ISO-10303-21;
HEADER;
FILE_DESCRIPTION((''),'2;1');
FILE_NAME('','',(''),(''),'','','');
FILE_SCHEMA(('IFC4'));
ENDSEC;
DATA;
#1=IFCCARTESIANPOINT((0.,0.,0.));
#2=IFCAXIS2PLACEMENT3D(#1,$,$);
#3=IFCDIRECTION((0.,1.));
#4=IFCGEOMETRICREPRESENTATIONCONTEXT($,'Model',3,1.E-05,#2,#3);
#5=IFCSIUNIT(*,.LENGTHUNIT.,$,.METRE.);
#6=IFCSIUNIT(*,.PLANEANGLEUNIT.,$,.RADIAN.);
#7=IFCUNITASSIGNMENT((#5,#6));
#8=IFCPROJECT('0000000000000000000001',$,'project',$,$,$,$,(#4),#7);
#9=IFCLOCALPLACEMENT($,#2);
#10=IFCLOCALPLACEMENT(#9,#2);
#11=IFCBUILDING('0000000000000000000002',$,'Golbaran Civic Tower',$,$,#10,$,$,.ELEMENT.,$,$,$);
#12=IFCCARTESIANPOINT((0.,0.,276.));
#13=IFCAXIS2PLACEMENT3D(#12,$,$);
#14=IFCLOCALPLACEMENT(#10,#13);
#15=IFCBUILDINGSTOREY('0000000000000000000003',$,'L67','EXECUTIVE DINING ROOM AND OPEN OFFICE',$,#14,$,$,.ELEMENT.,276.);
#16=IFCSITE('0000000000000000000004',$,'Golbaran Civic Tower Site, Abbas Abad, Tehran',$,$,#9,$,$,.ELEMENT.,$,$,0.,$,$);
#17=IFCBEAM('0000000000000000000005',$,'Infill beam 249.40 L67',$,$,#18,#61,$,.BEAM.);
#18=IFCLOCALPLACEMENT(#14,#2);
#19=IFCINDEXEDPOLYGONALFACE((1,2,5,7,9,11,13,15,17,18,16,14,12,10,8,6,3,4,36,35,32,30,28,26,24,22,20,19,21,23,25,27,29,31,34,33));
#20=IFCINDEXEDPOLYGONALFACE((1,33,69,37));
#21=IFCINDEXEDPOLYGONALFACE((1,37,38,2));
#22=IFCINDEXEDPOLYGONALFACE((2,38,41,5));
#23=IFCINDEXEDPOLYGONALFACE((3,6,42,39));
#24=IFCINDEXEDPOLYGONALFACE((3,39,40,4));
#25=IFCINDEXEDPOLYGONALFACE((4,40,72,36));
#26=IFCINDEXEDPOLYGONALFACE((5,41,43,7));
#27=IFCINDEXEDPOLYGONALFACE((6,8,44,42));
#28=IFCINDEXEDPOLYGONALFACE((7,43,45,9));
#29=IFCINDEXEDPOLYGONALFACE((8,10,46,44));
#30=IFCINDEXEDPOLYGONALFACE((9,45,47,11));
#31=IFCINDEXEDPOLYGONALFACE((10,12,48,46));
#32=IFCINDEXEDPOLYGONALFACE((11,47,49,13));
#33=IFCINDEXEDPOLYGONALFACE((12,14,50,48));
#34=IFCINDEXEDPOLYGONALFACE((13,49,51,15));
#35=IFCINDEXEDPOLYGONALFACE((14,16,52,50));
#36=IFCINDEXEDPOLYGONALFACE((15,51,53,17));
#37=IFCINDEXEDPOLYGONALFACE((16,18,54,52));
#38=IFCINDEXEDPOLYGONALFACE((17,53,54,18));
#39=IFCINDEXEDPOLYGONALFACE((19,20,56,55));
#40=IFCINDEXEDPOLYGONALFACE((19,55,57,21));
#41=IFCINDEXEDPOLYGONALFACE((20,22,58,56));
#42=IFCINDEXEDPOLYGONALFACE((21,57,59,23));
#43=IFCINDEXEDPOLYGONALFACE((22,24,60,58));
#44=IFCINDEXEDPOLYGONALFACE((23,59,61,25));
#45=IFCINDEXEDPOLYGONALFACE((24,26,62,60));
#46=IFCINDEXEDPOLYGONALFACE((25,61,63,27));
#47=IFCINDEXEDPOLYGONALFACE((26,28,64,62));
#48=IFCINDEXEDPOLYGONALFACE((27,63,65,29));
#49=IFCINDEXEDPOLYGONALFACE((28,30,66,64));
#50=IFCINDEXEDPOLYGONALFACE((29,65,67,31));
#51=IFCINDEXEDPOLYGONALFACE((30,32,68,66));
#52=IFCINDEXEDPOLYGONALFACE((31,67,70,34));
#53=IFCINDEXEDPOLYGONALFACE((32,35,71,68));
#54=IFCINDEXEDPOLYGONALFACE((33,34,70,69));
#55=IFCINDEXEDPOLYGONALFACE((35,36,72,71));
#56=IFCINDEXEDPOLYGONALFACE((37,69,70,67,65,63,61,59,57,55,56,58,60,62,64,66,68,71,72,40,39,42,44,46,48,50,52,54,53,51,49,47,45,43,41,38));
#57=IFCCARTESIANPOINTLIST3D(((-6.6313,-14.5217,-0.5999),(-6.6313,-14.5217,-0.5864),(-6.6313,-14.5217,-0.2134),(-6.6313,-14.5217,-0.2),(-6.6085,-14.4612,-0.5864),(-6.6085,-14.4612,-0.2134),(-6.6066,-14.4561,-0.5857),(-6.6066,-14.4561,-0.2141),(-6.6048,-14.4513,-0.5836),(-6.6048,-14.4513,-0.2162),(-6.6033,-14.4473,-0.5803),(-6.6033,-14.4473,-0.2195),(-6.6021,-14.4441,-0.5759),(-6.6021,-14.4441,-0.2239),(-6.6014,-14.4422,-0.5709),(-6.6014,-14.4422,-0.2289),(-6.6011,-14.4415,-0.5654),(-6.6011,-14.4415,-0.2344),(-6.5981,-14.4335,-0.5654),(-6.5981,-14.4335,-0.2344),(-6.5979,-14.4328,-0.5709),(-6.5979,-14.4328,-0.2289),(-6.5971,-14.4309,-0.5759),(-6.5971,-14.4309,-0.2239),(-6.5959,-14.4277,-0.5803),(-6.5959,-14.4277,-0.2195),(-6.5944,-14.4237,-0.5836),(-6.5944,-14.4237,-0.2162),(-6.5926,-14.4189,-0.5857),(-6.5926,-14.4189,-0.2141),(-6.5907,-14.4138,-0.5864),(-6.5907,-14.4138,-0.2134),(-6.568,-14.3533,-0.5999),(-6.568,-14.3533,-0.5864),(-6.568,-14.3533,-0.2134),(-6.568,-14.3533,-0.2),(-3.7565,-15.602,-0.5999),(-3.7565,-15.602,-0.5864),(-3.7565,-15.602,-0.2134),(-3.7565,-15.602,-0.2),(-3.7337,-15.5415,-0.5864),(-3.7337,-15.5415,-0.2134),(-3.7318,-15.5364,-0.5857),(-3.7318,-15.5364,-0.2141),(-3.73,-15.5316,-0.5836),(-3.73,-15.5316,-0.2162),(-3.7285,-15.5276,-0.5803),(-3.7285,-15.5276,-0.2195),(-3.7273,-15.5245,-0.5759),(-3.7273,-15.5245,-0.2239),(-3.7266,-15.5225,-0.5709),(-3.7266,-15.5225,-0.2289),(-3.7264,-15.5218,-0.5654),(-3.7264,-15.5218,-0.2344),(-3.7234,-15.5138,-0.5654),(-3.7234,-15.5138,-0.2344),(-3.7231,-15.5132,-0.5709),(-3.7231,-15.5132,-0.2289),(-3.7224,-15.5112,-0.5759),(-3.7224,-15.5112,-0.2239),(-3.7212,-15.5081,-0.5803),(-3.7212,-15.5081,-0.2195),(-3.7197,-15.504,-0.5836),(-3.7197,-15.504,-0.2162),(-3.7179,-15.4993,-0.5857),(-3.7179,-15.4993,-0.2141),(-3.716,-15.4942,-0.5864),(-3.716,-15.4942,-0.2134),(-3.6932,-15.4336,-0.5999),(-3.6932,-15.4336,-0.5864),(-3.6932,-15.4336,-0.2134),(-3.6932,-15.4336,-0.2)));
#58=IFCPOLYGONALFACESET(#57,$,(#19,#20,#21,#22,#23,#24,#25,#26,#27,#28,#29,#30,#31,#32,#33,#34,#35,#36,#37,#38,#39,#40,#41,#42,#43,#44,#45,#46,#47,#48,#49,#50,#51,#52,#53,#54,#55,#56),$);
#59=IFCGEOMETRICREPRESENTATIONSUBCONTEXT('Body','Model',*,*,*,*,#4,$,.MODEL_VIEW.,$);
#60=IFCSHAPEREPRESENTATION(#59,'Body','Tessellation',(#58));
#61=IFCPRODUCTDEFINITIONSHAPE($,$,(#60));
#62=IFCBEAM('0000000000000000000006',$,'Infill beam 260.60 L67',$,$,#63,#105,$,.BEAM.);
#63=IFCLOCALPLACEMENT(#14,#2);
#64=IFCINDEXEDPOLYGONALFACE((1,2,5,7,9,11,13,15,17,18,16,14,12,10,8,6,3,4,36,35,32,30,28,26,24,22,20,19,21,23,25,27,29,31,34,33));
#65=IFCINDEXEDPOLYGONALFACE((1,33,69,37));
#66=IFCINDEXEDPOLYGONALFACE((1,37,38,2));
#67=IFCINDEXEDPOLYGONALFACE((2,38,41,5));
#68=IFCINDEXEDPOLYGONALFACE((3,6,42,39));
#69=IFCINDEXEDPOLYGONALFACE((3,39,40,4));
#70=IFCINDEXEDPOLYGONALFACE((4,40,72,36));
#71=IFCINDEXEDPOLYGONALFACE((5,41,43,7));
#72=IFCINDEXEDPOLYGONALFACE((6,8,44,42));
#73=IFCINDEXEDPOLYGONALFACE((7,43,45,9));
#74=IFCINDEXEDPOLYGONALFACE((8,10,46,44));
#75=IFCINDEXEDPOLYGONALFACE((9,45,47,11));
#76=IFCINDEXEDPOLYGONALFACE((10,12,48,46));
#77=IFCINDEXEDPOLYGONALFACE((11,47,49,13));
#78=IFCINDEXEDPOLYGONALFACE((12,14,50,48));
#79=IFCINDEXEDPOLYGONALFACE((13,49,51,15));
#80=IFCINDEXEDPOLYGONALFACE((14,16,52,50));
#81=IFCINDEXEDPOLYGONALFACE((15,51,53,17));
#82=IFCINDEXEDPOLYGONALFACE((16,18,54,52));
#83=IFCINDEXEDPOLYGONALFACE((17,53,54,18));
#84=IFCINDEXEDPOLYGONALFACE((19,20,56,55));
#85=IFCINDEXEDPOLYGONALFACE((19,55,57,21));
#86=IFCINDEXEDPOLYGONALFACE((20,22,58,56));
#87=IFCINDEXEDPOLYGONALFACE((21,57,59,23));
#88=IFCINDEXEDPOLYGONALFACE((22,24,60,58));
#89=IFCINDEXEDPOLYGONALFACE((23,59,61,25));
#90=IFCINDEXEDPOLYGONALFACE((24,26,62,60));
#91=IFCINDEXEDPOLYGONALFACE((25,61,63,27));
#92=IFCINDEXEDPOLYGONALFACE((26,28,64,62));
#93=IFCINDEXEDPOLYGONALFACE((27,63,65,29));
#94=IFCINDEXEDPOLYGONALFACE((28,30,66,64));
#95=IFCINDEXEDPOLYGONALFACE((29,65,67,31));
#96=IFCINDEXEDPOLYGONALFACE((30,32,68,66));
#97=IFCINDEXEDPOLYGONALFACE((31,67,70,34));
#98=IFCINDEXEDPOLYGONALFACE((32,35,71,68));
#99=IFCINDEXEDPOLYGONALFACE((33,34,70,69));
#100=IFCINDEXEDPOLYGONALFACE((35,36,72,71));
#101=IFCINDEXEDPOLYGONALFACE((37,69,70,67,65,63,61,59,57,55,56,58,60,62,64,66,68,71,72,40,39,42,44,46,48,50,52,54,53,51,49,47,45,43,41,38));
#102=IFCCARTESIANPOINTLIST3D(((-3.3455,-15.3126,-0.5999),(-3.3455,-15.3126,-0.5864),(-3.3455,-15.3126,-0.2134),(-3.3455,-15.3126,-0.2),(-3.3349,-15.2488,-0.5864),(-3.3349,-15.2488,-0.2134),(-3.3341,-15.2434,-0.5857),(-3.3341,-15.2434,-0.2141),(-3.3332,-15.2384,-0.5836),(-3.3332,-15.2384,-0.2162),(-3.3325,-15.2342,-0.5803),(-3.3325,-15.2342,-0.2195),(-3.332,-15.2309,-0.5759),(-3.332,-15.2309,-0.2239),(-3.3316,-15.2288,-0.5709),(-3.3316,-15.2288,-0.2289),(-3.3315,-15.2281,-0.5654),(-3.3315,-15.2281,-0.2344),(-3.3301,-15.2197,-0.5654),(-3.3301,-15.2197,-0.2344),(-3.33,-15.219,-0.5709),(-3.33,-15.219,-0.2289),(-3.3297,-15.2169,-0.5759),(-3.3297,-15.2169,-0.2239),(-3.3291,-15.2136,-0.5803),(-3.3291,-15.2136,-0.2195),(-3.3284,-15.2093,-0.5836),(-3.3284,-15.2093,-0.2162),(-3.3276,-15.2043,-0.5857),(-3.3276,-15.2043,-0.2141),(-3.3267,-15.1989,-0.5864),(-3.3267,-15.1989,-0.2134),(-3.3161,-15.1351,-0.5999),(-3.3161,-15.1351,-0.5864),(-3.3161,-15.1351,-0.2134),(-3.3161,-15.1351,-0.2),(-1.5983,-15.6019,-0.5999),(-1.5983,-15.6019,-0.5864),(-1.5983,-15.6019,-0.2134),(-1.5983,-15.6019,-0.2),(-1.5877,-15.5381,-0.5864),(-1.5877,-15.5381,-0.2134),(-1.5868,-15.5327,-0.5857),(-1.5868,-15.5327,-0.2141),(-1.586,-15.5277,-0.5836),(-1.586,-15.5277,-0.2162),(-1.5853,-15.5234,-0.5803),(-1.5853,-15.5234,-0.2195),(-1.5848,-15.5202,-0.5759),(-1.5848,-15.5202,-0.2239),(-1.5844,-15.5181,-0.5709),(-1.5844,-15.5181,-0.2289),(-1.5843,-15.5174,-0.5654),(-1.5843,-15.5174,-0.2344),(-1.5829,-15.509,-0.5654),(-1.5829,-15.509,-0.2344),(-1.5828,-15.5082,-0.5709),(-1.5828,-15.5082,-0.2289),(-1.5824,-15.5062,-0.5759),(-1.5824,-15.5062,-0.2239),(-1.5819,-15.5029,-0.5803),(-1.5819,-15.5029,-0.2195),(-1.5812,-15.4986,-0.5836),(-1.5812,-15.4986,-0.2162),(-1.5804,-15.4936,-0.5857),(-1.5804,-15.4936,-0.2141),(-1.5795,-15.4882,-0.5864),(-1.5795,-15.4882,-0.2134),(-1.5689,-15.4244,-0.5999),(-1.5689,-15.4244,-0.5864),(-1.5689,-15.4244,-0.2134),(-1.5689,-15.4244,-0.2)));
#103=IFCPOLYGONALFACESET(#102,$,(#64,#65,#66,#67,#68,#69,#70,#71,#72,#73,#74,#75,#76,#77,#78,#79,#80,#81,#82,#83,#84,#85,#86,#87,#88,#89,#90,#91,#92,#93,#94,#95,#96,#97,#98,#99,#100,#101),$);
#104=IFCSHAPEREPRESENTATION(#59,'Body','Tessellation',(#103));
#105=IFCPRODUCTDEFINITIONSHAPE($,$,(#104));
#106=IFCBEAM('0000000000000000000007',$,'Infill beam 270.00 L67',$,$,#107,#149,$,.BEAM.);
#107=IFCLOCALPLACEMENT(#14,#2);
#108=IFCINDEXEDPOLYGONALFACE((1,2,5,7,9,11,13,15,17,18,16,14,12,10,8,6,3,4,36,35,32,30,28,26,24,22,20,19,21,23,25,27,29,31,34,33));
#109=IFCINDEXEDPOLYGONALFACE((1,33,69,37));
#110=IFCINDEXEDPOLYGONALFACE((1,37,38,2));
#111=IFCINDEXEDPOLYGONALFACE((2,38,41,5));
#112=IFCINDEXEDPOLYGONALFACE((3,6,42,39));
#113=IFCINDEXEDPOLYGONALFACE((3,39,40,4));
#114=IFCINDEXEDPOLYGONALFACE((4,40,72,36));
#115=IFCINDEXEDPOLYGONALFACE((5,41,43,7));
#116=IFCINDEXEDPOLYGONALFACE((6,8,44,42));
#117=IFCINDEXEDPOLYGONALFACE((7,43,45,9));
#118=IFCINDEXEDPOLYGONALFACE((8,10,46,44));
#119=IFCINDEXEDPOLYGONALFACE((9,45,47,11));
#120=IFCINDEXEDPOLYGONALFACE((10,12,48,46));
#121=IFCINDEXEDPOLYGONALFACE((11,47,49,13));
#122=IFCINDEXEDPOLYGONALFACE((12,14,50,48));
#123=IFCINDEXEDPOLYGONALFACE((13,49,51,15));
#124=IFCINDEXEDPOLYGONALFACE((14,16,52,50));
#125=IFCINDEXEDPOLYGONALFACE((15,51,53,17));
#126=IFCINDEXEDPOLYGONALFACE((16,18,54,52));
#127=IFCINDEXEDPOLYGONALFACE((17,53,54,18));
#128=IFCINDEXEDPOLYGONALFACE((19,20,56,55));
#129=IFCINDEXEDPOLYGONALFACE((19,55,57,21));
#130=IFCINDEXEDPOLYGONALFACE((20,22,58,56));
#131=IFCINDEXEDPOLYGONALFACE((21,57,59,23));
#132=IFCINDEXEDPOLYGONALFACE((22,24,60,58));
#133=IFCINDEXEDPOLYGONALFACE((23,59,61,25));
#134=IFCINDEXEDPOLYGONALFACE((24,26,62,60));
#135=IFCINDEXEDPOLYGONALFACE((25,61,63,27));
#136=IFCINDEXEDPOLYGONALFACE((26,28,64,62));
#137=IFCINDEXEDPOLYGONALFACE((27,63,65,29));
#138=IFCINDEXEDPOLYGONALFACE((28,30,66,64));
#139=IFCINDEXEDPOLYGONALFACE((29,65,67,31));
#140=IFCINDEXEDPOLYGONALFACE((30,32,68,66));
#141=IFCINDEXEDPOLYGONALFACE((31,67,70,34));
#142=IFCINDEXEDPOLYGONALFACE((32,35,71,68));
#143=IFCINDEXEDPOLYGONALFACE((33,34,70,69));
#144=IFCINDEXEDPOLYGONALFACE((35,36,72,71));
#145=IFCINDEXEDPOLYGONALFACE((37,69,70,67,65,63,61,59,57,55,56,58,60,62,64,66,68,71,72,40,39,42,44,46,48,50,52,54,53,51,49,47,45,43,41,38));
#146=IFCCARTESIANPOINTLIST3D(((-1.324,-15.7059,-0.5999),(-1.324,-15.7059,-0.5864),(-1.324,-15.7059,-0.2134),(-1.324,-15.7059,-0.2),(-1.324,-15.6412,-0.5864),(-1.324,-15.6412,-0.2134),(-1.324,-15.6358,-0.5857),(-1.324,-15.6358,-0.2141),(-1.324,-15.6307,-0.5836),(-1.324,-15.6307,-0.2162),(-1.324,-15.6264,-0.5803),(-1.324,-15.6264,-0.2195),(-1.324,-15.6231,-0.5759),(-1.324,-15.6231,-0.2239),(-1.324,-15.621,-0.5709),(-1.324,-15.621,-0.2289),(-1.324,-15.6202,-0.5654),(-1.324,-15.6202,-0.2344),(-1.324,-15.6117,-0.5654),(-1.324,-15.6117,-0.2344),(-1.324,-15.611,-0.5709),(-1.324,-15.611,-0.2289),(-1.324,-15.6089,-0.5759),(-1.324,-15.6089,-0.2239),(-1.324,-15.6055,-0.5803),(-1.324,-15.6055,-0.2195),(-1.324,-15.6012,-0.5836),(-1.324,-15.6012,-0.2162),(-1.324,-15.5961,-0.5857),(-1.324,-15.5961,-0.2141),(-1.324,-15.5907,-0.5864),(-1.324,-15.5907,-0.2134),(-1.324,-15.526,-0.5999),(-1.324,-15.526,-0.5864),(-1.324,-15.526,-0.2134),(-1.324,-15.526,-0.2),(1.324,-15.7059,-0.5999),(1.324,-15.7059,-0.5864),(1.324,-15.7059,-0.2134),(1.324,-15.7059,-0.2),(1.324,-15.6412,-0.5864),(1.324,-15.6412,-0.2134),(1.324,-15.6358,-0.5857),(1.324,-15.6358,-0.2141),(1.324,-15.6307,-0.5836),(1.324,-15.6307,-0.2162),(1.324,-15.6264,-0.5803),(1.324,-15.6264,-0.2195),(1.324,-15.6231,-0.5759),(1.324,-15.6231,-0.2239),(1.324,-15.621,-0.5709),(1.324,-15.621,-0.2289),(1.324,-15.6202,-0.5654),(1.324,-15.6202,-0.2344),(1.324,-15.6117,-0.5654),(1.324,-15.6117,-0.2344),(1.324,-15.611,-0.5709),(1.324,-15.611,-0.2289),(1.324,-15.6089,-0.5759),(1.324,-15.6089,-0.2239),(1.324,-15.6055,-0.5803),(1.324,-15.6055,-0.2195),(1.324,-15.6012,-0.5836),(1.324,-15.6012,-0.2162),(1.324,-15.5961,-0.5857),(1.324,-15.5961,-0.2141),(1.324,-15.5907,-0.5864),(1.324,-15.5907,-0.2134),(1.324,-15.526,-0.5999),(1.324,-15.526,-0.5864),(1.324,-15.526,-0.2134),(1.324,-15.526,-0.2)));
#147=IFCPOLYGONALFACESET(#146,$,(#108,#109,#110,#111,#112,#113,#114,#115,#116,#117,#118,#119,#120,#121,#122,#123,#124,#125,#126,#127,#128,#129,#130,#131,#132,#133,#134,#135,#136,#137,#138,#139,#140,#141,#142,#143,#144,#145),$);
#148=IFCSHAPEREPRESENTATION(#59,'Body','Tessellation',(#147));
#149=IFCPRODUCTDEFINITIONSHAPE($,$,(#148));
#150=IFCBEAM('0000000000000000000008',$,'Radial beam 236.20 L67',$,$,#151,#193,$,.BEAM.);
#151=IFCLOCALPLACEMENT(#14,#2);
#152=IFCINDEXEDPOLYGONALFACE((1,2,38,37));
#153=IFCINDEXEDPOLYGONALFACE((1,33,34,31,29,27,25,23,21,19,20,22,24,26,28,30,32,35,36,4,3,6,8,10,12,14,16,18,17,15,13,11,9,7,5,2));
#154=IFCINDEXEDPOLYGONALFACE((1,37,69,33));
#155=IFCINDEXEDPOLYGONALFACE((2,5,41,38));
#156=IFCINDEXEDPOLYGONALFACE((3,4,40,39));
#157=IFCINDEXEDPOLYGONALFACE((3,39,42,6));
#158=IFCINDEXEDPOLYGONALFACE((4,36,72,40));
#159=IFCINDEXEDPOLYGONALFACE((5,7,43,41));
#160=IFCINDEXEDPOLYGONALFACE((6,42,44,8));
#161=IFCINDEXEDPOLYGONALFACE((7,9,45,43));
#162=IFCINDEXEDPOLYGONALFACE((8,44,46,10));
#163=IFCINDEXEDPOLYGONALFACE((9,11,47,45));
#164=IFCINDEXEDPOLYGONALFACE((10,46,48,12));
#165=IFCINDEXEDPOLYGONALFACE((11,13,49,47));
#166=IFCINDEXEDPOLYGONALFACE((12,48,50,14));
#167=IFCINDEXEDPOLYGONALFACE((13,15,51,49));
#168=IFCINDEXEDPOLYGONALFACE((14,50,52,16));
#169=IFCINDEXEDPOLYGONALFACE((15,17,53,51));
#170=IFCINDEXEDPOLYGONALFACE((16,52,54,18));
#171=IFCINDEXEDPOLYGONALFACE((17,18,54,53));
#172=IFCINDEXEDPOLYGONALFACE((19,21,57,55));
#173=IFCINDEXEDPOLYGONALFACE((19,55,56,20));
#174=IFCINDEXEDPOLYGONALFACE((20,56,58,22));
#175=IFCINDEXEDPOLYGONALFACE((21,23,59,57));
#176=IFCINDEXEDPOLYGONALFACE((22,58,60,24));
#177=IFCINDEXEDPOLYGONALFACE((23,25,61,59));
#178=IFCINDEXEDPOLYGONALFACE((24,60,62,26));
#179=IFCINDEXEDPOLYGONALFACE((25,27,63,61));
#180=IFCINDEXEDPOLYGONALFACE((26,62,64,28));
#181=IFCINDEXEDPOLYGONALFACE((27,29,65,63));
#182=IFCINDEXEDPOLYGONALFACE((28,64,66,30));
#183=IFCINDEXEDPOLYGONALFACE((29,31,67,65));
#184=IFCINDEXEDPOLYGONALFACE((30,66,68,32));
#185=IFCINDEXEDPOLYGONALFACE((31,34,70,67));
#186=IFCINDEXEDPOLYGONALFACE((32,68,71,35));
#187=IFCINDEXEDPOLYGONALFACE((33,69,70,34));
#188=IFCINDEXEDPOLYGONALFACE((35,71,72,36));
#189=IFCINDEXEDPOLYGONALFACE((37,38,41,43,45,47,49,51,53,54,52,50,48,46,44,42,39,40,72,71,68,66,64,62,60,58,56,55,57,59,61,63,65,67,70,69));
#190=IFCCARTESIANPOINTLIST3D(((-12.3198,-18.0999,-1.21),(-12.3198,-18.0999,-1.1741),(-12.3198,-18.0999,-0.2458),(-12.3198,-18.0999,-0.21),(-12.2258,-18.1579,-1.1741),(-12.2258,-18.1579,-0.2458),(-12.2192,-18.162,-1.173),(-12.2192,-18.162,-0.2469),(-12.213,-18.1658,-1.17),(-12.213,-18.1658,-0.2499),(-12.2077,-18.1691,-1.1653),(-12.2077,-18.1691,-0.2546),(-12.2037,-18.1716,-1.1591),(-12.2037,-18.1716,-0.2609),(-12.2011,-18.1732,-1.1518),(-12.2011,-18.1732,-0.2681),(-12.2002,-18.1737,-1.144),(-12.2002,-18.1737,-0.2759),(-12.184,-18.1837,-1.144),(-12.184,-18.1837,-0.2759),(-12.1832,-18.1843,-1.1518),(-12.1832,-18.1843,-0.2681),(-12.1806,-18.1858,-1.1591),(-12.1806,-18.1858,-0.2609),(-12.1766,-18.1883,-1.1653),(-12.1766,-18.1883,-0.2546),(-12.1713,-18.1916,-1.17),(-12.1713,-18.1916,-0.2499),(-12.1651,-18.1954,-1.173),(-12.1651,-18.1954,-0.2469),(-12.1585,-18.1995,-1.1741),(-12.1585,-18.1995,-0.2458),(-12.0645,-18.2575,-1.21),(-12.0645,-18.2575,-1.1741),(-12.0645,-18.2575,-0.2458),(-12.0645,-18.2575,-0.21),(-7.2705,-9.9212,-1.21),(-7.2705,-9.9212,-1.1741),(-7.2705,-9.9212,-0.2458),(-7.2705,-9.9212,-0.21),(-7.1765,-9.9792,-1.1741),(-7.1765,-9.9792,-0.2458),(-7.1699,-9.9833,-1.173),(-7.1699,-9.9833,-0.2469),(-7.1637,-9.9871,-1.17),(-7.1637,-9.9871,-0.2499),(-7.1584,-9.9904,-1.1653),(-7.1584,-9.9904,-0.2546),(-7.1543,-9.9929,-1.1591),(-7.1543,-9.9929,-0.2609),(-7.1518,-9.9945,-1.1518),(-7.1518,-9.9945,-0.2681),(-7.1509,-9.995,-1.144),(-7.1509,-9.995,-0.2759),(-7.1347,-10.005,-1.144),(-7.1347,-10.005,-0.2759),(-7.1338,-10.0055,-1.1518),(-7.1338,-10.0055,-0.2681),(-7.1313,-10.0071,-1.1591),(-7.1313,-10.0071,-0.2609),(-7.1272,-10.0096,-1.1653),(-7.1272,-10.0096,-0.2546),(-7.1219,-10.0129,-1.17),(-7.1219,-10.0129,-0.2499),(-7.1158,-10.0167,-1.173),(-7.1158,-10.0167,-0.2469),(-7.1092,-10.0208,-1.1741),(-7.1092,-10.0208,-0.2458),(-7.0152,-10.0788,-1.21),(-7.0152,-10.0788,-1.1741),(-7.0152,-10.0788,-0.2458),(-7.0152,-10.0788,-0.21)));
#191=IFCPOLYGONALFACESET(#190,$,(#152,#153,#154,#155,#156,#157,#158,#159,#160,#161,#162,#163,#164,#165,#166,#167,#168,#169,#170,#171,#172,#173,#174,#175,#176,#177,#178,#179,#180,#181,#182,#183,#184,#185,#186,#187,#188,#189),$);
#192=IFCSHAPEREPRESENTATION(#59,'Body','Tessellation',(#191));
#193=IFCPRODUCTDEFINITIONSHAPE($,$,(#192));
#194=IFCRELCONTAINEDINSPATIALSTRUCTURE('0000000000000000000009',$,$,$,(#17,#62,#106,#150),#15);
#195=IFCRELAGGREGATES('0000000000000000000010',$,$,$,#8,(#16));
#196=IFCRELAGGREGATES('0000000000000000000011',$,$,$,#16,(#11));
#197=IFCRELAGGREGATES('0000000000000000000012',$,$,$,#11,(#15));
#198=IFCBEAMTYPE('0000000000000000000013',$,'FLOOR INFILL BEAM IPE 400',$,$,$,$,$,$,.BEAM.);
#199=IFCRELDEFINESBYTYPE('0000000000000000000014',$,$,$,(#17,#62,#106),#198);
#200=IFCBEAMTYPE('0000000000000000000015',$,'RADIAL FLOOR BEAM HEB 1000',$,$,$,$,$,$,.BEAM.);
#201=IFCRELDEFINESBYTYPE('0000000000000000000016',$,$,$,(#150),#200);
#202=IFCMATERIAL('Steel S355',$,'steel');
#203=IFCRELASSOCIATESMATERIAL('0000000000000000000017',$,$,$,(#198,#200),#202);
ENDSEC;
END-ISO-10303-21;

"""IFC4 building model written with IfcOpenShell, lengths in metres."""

from ifc_helpers import new_model, si_unit, direction, frame, origin, origin_2d, place, context, subcontext, project, spatial, i_section, extrude, material, material_profile, profile_set, type_object, element, save


model = new_model("IFC4")

# Units and contexts
model_context = context("Model", 3, precision=1e-05, world=origin(), true_north=direction((0.0, 1.0)))
body_context = subcontext(model_context, "Body", "Model", "MODEL_VIEW")
ifc_project = project(units=[si_unit("LENGTHUNIT", "METRE"), si_unit("PLANEANGLEUNIT", "RADIAN")], contexts=[model_context])

# Site, building, storey
site_placement = place(None, origin())
site = spatial("IfcSite", under=ifc_project, at=site_placement, Name="Golbaran Civic Tower Site, Abbas Abad, Tehran", CompositionType="ELEMENT", RefElevation=0.0)
building_placement = place(site_placement, origin())
building = spatial("IfcBuilding", under=site, at=building_placement, Name="Golbaran Civic Tower", CompositionType="ELEMENT")
storey_placement = place(building_placement, frame((0.0, 0.0, 276.0)))
storey = spatial("IfcBuildingStorey", under=building, at=storey_placement, Name="L67", Description="EXECUTIVE DINING ROOM AND OPEN OFFICE", CompositionType="ELEMENT", Elevation=276.0)

# Beams
ifc_material_1 = material(Name="Steel S355", Category="steel")
ifc_material_profile_1 = material_profile(ifc_material_1, i_section(OverallWidth=0.1799, OverallDepth=0.3999, WebThickness=0.0085, FlangeThickness=0.0134, FilletRadius=0.021, at=origin_2d()), Name="IPE 400")
ifc_profile_set_1 = profile_set([ifc_material_profile_1], Name="Steel S355")
beam_type_1 = type_object("IfcBeamType", Name="FLOOR INFILL BEAM IPE 400", PredefinedType="BEAM", material=ifc_profile_set_1)
beam_1_placement = place(storey_placement, frame((-6.5996, -14.4375, -0.3999), z_axis=(0.936084, -0.351777, 0.0), x_axis=(0.351777, 0.936084, 0.0)))
element("IfcBeam", 1, at=beam_1_placement, inside=storey, type_object=beam_type_1, Name="Infill beam 249.40 L67", PredefinedType="BEAM", context=body_context, shape_type="SweptSolid", body=[
    extrude(i_section(OverallWidth=0.1799, OverallDepth=0.3999, WebThickness=0.0085, FlangeThickness=0.0134, FilletRadius=0.021, at=origin_2d()), origin(), (0.0, 0.0, 1.0), 3.071),
])
beam_2_placement = place(storey_placement, frame((-3.3308, -15.2239, -0.3999), z_axis=(0.986568, -0.163348, 0.0), x_axis=(0.163348, 0.986568, 0.0)))
element("IfcBeam", 2, at=beam_2_placement, inside=storey, type_object=beam_type_1, Name="Infill beam 260.60 L67", PredefinedType="BEAM", context=body_context, shape_type="SweptSolid", body=[
    extrude(i_section(OverallWidth=0.1799, OverallDepth=0.3999, WebThickness=0.0085, FlangeThickness=0.0134, FilletRadius=0.021, at=origin_2d()), origin(), (0.0, 0.0, 1.0), 1.771),
])
beam_3_placement = place(storey_placement, frame((-1.324, -15.616, -0.3999), z_axis=(1.0, 0.0, 0.0), x_axis=(0.0, 1.0, 0.0)))
element("IfcBeam", 3, at=beam_3_placement, inside=storey, type_object=beam_type_1, Name="Infill beam 270.00 L67", PredefinedType="BEAM", context=body_context, shape_type="SweptSolid", body=[
    extrude(i_section(OverallWidth=0.1799, OverallDepth=0.3999, WebThickness=0.0085, FlangeThickness=0.0134, FilletRadius=0.021, at=origin_2d()), origin(), (0.0, 0.0, 1.0), 2.6479),
])
ifc_material_profile_2 = material_profile(ifc_material_1, i_section(OverallWidth=0.3, OverallDepth=1.0, WebThickness=0.019, FlangeThickness=0.0359, FilletRadius=0.03, at=origin_2d()), Name="HEB 1000")
ifc_profile_set_2 = profile_set([ifc_material_profile_2], Name="Steel S355")
beam_type_2 = type_object("IfcBeamType", Name="RADIAL FLOOR BEAM HEB 1000", PredefinedType="BEAM", material=ifc_profile_set_2)
beam_4_placement = place(storey_placement, frame((-7.1428, -10.0, -0.71), z_axis=(-0.525324, -0.850902, 0.0), x_axis=(0.850902, -0.525324, 0.0)))
element("IfcBeam", 4, at=beam_4_placement, inside=storey, type_object=beam_type_2, Name="Radial beam 236.20 L67", PredefinedType="BEAM", context=body_context, shape_type="SweptSolid", body=[
    extrude(i_section(OverallWidth=0.3, OverallDepth=1.0, WebThickness=0.019, FlangeThickness=0.0359, FilletRadius=0.03, at=origin_2d()), origin(), (0.0, 0.0, 1.0), 9.6118),
])

save(model, "model.ifc")
